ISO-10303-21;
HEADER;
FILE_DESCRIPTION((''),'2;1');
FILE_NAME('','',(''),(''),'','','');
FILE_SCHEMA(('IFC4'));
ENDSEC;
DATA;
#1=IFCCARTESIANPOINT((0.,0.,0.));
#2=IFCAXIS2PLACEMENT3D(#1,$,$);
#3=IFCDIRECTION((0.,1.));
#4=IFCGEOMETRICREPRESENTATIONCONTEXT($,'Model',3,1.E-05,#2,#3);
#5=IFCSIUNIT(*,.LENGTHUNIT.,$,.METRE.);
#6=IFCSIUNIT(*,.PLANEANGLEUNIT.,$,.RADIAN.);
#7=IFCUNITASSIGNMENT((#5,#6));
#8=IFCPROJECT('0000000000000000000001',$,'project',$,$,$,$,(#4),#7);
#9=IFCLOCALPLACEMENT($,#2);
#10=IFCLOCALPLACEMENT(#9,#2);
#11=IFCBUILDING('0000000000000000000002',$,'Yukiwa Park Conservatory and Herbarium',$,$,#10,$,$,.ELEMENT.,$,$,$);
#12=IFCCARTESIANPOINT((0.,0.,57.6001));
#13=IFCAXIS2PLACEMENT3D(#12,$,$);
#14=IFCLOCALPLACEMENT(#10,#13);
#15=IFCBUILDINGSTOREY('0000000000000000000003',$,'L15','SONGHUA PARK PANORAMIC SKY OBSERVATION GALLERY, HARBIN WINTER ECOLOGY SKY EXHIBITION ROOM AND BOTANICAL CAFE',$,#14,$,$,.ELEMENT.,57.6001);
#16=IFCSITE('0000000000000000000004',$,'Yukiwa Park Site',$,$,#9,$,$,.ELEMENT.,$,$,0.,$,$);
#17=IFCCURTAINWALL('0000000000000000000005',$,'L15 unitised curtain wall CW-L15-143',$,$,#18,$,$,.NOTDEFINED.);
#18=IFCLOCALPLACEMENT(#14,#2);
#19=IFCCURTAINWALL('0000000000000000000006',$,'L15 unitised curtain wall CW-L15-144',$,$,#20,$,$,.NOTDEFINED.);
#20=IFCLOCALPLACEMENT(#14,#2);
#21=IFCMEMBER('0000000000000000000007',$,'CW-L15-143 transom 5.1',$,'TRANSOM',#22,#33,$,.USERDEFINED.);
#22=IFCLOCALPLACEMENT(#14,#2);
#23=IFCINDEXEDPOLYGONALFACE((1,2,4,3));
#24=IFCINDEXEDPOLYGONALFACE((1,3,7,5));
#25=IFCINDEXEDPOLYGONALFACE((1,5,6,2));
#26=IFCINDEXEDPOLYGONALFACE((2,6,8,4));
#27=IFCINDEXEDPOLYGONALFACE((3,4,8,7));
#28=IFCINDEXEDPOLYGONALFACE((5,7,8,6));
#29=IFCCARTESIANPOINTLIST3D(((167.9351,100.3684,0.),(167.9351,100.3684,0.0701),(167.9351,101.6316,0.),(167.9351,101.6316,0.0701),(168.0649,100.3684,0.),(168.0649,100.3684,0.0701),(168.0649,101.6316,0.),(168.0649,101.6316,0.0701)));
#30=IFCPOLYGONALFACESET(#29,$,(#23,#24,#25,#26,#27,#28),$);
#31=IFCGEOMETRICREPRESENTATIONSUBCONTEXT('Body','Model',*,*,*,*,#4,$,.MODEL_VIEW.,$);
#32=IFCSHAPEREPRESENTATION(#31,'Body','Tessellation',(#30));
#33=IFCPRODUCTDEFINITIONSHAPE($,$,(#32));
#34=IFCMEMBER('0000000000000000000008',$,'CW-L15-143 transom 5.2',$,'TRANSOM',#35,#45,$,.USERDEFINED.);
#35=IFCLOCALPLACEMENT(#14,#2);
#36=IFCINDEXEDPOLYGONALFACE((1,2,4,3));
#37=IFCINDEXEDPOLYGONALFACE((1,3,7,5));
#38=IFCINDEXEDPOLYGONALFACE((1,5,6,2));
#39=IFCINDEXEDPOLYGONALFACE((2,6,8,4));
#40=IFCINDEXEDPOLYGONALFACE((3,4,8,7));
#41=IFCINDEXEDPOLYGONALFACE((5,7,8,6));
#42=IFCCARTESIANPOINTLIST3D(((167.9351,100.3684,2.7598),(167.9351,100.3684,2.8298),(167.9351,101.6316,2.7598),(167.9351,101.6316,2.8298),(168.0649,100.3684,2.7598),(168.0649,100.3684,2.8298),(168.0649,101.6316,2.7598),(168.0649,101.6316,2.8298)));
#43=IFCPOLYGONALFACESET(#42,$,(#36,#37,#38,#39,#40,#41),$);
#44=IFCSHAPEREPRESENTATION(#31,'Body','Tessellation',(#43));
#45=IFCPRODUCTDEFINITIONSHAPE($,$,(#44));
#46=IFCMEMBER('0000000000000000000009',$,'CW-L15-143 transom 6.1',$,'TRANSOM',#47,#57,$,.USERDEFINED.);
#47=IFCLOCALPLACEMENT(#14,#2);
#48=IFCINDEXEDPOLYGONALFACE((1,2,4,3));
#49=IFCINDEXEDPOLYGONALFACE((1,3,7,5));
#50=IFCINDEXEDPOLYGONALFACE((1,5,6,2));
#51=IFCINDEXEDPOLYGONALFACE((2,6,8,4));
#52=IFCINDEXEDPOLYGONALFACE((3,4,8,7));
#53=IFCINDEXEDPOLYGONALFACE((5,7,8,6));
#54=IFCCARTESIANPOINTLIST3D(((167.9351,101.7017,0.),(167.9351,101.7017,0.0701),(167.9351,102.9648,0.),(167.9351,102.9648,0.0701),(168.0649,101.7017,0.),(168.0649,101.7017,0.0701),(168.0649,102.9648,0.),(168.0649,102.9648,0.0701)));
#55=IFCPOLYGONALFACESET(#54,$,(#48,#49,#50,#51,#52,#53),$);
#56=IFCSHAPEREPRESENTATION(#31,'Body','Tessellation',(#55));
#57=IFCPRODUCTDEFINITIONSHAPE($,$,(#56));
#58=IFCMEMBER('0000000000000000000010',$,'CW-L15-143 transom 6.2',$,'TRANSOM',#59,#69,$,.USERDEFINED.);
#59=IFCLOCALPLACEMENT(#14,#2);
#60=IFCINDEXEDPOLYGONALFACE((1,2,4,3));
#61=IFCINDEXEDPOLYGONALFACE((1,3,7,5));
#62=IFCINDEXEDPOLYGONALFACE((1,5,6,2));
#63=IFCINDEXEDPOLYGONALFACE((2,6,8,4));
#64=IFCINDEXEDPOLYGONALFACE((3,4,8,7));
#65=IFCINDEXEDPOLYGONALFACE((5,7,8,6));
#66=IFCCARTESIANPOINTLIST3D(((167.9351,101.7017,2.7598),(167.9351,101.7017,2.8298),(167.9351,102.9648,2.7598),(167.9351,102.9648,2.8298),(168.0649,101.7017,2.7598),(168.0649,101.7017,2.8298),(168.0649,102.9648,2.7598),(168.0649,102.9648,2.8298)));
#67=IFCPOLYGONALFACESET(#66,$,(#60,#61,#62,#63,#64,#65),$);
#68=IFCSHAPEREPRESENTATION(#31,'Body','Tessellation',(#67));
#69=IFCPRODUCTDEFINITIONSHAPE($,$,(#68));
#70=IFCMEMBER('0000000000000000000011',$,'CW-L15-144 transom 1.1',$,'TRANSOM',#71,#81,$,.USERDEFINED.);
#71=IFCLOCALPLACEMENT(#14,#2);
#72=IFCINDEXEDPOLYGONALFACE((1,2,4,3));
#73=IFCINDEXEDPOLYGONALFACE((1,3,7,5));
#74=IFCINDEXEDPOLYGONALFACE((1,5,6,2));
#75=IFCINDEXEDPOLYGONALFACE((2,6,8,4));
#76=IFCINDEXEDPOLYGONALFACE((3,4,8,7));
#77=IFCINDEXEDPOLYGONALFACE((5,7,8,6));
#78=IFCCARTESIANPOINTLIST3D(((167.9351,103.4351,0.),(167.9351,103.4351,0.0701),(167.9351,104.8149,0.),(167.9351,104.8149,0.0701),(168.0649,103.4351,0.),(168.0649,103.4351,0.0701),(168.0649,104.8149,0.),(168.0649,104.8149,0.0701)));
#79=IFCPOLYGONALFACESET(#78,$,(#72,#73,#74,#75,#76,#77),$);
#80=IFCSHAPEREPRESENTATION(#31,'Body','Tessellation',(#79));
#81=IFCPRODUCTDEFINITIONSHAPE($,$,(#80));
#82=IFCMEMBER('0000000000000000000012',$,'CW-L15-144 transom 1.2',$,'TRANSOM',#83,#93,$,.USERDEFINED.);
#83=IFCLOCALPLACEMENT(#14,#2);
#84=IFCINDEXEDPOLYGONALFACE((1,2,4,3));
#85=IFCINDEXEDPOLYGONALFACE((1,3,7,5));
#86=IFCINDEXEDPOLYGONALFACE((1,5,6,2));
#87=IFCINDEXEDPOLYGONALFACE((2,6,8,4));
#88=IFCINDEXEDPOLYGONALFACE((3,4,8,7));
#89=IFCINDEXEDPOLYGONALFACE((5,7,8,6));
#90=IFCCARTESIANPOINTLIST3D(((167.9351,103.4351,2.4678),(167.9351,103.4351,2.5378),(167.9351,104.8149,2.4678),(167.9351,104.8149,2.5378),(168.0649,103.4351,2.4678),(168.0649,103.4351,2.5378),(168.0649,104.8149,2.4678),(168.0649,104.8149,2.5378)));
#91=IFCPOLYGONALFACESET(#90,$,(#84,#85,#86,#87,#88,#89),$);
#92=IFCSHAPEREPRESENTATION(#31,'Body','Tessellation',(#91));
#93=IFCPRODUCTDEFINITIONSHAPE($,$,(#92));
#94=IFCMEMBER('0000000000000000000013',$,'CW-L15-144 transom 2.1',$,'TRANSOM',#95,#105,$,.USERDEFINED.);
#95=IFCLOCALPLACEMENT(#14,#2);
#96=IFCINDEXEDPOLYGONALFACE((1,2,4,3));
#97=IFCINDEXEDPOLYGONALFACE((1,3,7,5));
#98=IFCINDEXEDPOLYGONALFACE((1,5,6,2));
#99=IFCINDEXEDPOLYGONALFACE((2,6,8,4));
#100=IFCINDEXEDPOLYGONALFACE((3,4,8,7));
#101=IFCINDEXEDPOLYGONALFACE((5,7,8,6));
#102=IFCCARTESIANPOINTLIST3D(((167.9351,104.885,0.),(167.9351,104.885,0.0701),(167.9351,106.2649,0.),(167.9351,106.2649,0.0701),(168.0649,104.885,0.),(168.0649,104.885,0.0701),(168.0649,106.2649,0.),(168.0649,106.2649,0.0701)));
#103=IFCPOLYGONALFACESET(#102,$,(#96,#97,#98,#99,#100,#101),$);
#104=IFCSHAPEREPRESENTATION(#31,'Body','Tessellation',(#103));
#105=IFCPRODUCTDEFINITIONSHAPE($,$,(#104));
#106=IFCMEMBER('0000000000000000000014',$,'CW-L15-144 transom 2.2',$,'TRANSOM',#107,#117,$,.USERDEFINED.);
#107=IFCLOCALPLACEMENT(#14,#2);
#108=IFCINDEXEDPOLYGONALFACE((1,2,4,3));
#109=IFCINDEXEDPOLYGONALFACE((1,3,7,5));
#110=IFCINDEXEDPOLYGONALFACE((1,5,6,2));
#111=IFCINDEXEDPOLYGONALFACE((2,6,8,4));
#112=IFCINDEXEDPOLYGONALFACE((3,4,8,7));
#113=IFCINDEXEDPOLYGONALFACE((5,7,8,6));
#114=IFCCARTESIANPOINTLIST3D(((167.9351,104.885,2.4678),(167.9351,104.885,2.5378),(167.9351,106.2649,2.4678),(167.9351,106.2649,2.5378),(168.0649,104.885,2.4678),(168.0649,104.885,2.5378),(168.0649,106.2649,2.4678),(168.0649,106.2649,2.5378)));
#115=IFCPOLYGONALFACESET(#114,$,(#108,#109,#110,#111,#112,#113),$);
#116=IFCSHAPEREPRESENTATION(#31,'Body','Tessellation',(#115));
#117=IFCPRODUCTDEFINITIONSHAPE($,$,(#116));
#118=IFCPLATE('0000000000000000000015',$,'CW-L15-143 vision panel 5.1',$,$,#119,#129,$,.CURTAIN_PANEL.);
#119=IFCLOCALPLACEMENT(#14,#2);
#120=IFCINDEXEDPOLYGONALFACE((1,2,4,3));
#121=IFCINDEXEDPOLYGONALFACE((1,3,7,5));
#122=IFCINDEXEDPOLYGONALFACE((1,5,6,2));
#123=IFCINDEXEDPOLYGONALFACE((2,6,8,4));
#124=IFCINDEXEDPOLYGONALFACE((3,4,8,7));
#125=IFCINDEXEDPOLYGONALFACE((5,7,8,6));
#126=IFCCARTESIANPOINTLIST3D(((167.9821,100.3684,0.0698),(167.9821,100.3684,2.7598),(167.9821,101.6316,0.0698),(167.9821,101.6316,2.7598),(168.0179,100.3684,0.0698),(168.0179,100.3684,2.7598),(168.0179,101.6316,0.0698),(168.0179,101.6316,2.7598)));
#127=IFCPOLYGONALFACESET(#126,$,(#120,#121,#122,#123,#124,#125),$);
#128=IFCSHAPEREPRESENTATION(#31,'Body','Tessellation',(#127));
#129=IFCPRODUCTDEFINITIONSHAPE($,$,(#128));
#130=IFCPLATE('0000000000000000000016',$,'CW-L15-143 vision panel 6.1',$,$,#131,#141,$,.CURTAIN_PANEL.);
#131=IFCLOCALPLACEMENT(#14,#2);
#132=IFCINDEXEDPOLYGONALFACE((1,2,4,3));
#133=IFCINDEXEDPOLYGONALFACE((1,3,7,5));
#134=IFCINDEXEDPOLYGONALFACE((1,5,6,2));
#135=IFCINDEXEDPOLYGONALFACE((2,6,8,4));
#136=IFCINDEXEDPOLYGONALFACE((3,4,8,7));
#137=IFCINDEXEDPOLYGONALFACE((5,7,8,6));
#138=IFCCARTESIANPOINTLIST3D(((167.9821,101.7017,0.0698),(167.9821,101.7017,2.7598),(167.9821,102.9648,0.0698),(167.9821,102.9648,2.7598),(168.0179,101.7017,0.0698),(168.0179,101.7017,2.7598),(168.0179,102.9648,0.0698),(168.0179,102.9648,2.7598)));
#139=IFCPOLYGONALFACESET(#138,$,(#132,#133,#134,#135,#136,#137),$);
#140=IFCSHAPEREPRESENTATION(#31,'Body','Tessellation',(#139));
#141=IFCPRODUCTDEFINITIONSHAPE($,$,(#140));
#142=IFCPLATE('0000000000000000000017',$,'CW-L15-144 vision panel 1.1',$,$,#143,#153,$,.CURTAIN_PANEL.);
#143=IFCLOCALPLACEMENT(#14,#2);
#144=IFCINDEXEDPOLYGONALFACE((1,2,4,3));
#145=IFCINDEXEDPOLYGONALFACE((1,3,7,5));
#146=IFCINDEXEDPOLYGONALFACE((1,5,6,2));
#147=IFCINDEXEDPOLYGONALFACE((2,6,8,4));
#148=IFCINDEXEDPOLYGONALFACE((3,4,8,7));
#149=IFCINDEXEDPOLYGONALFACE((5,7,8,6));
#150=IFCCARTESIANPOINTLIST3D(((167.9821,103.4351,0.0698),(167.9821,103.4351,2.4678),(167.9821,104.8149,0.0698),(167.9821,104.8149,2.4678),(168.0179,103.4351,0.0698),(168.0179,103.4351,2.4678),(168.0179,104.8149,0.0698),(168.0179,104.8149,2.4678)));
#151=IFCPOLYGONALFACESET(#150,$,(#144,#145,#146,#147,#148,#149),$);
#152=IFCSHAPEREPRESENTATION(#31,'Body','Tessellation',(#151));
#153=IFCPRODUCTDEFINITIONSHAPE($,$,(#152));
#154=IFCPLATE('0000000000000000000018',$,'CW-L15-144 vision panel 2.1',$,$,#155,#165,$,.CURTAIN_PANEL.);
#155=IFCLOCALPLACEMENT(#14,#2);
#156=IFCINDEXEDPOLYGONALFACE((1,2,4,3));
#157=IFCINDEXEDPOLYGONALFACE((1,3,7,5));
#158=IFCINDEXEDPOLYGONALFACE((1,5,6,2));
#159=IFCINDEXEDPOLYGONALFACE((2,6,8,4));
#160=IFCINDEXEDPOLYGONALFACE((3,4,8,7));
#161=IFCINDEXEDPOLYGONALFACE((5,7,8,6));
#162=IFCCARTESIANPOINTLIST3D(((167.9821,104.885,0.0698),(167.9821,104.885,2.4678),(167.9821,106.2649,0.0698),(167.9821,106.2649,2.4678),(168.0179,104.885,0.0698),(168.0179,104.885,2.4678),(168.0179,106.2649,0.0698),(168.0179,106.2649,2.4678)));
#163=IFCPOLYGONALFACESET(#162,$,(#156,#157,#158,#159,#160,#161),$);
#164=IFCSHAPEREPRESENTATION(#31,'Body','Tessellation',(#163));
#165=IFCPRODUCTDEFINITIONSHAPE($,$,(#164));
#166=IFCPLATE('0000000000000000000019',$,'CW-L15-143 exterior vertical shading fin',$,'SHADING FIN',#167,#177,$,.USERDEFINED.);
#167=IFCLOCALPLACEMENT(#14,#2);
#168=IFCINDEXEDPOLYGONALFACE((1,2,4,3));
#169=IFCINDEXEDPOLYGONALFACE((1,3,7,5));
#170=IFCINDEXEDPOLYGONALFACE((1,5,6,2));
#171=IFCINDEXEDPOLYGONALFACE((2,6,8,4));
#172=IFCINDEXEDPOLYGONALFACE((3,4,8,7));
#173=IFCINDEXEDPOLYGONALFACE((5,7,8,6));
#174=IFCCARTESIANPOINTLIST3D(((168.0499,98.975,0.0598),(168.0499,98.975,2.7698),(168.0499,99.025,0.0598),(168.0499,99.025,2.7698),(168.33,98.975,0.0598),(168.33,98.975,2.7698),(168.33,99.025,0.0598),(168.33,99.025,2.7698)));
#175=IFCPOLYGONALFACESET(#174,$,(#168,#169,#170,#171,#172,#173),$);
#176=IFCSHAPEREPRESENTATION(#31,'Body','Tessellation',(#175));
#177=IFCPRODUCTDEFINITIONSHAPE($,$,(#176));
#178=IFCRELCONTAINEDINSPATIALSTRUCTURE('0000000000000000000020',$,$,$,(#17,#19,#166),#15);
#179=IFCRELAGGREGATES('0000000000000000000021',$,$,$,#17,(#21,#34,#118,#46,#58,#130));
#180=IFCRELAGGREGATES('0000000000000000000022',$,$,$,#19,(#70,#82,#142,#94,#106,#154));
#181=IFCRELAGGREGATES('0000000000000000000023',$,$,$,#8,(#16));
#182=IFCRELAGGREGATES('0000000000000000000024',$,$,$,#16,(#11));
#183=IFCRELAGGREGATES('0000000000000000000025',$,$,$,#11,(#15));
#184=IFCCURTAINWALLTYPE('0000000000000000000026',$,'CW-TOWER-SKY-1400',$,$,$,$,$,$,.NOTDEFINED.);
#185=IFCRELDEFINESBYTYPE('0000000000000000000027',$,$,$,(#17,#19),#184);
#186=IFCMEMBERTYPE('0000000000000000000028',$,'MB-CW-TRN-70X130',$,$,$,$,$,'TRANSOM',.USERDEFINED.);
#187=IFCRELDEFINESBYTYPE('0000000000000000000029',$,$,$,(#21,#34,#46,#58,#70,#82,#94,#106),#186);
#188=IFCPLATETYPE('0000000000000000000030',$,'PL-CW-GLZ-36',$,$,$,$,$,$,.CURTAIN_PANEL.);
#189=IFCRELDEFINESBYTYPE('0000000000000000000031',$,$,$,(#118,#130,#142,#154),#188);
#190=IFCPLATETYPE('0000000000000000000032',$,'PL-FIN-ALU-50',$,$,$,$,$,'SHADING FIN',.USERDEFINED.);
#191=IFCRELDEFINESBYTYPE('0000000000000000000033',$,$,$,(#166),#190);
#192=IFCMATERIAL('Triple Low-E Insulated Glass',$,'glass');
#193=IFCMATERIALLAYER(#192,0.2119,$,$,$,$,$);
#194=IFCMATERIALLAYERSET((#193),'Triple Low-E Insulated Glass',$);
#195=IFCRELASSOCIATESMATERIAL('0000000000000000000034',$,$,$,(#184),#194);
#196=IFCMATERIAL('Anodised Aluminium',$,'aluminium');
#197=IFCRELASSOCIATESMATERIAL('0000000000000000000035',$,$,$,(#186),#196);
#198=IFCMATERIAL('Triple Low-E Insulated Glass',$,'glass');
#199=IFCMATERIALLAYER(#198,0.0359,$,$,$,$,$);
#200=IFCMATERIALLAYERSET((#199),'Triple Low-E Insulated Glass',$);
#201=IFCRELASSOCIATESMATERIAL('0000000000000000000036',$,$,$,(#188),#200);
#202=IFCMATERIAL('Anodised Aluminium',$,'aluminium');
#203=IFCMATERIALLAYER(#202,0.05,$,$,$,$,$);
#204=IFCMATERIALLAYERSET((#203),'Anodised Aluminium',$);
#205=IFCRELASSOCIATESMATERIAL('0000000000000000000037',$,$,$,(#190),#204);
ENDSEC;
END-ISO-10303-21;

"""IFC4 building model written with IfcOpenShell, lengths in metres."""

from ifc_helpers import new_model, si_unit, direction, frame, origin, origin_2d, place, context, subcontext, project, spatial, rectangle, extrude, material, layer, layer_set, type_object, element, aggregate, save


model = new_model("IFC4")

# Units and contexts
model_context = context("Model", 3, precision=1e-05, world=origin(), true_north=direction((0.0, 1.0)))
body_context = subcontext(model_context, "Body", "Model", "MODEL_VIEW")
ifc_project = project(units=[si_unit("LENGTHUNIT", "METRE"), si_unit("PLANEANGLEUNIT", "RADIAN")], contexts=[model_context])

# Site, building, storey
site_placement = place(None, origin())
site = spatial("IfcSite", under=ifc_project, at=site_placement, Name="Yukiwa Park Site", CompositionType="ELEMENT", RefElevation=0.0)
building_placement = place(site_placement, origin())
building = spatial("IfcBuilding", under=site, at=building_placement, Name="Yukiwa Park Conservatory and Herbarium", CompositionType="ELEMENT")
storey_placement = place(building_placement, frame((0.0, 0.0, 57.6001)))
storey = spatial("IfcBuildingStorey", under=building, at=storey_placement, Name="L15", Description="SONGHUA PARK PANORAMIC SKY OBSERVATION GALLERY, HARBIN WINTER ECOLOGY SKY EXHIBITION ROOM AND BOTANICAL CAFE", CompositionType="ELEMENT", Elevation=57.6001)

# Curtain walls
ifc_material_1 = material(Name="Triple Low-E Insulated Glass", Category="glass")
ifc_layer_1 = layer(ifc_material_1, 0.2119)
ifc_layer_set_1 = layer_set([ifc_layer_1], Name="Triple Low-E Insulated Glass")
curtain_wall_type = type_object("IfcCurtainWallType", Name="CW-TOWER-SKY-1400", PredefinedType="NOTDEFINED", material=ifc_layer_set_1)
curtain_wall_1_placement = place(storey_placement, origin())
curtain_wall_1 = element("IfcCurtainWall", 1, at=curtain_wall_1_placement, inside=storey, type_object=curtain_wall_type, Name="L15 unitised curtain wall CW-L15-143", PredefinedType="NOTDEFINED")
curtain_wall_2_placement = place(storey_placement, origin())
curtain_wall_2 = element("IfcCurtainWall", 2, at=curtain_wall_2_placement, inside=storey, type_object=curtain_wall_type, Name="L15 unitised curtain wall CW-L15-144", PredefinedType="NOTDEFINED")

# Members
ifc_material_2 = material(Name="Anodised Aluminium", Category="aluminium")
member_type_1 = type_object("IfcMemberType", Name="MB-CW-TRN-70X130", ElementType="TRANSOM", PredefinedType="USERDEFINED", material=ifc_material_2)
member_1_placement = place(storey_placement, frame((168.0, 101.0, 0.0), z_axis=(0.0, 0.0, 1.0), x_axis=(0.0, 1.0, 0.0)))
member_1 = element("IfcMember", 3, at=member_1_placement, type_object=member_type_1, Name="CW-L15-143 transom 5.1", ObjectType="TRANSOM", PredefinedType="USERDEFINED", context=body_context, shape_type="SweptSolid", body=[
    extrude(rectangle(XDim=1.2632, YDim=0.1299, at=origin_2d()), origin(), (0.0, 0.0, 1.0), 0.0701),
])
member_2_placement = place(storey_placement, frame((168.0, 101.0, 2.7598), z_axis=(0.0, 0.0, 1.0), x_axis=(0.0, 1.0, 0.0)))
member_2 = element("IfcMember", 4, at=member_2_placement, type_object=member_type_1, Name="CW-L15-143 transom 5.2", ObjectType="TRANSOM", PredefinedType="USERDEFINED", context=body_context, shape_type="SweptSolid", body=[
    extrude(rectangle(XDim=1.2632, YDim=0.1299, at=origin_2d()), origin(), (0.0, 0.0, 1.0), 0.0701),
])
member_3_placement = place(storey_placement, frame((168.0, 102.3333, 0.0), z_axis=(0.0, 0.0, 1.0), x_axis=(0.0, 1.0, 0.0)))
member_3 = element("IfcMember", 5, at=member_3_placement, type_object=member_type_1, Name="CW-L15-143 transom 6.1", ObjectType="TRANSOM", PredefinedType="USERDEFINED", context=body_context, shape_type="SweptSolid", body=[
    extrude(rectangle(XDim=1.2632, YDim=0.1299, at=origin_2d()), origin(), (0.0, 0.0, 1.0), 0.0701),
])
member_4_placement = place(storey_placement, frame((168.0, 102.3333, 2.7598), z_axis=(0.0, 0.0, 1.0), x_axis=(0.0, 1.0, 0.0)))
member_4 = element("IfcMember", 6, at=member_4_placement, type_object=member_type_1, Name="CW-L15-143 transom 6.2", ObjectType="TRANSOM", PredefinedType="USERDEFINED", context=body_context, shape_type="SweptSolid", body=[
    extrude(rectangle(XDim=1.2632, YDim=0.1299, at=origin_2d()), origin(), (0.0, 0.0, 1.0), 0.0701),
])
member_5_placement = place(storey_placement, frame((168.0, 104.125, 0.0), z_axis=(0.0, 0.0, 1.0), x_axis=(0.0, 1.0, 0.0)))
member_5 = element("IfcMember", 7, at=member_5_placement, type_object=member_type_1, Name="CW-L15-144 transom 1.1", ObjectType="TRANSOM", PredefinedType="USERDEFINED", context=body_context, shape_type="SweptSolid", body=[
    extrude(rectangle(XDim=1.3799, YDim=0.1299, at=origin_2d()), origin(), (0.0, 0.0, 1.0), 0.0701),
])
member_6_placement = place(storey_placement, frame((168.0, 104.125, 2.4678), z_axis=(0.0, 0.0, 1.0), x_axis=(0.0, 1.0, 0.0)))
member_6 = element("IfcMember", 8, at=member_6_placement, type_object=member_type_1, Name="CW-L15-144 transom 1.2", ObjectType="TRANSOM", PredefinedType="USERDEFINED", context=body_context, shape_type="SweptSolid", body=[
    extrude(rectangle(XDim=1.3799, YDim=0.1299, at=origin_2d()), origin(), (0.0, 0.0, 1.0), 0.0701),
])
member_7_placement = place(storey_placement, frame((168.0, 105.575, 0.0), z_axis=(0.0, 0.0, 1.0), x_axis=(0.0, 1.0, 0.0)))
member_7 = element("IfcMember", 9, at=member_7_placement, type_object=member_type_1, Name="CW-L15-144 transom 2.1", ObjectType="TRANSOM", PredefinedType="USERDEFINED", context=body_context, shape_type="SweptSolid", body=[
    extrude(rectangle(XDim=1.3799, YDim=0.1299, at=origin_2d()), origin(), (0.0, 0.0, 1.0), 0.0701),
])
member_8_placement = place(storey_placement, frame((168.0, 105.575, 2.4678), z_axis=(0.0, 0.0, 1.0), x_axis=(0.0, 1.0, 0.0)))
member_8 = element("IfcMember", 10, at=member_8_placement, type_object=member_type_1, Name="CW-L15-144 transom 2.2", ObjectType="TRANSOM", PredefinedType="USERDEFINED", context=body_context, shape_type="SweptSolid", body=[
    extrude(rectangle(XDim=1.3799, YDim=0.1299, at=origin_2d()), origin(), (0.0, 0.0, 1.0), 0.0701),
])

# Plates
ifc_material_3 = material(Name="Triple Low-E Insulated Glass", Category="glass")
ifc_layer_2 = layer(ifc_material_3, 0.0359)
ifc_layer_set_2 = layer_set([ifc_layer_2], Name="Triple Low-E Insulated Glass")
plate_type_1 = type_object("IfcPlateType", Name="PL-CW-GLZ-36", PredefinedType="CURTAIN_PANEL", material=ifc_layer_set_2)
plate_1_placement = place(storey_placement, frame((168.0, 101.0, 0.0698), z_axis=(0.0, 0.0, 1.0), x_axis=(0.0, 1.0, 0.0)))
plate_1 = element("IfcPlate", 11, at=plate_1_placement, type_object=plate_type_1, Name="CW-L15-143 vision panel 5.1", PredefinedType="CURTAIN_PANEL", context=body_context, shape_type="SweptSolid", body=[
    extrude(rectangle(XDim=1.2632, YDim=0.0359, at=origin_2d()), origin(), (0.0, 0.0, 1.0), 2.6899),
])
plate_2_placement = place(storey_placement, frame((168.0, 102.3333, 0.0698), z_axis=(0.0, 0.0, 1.0), x_axis=(0.0, 1.0, 0.0)))
plate_2 = element("IfcPlate", 12, at=plate_2_placement, type_object=plate_type_1, Name="CW-L15-143 vision panel 6.1", PredefinedType="CURTAIN_PANEL", context=body_context, shape_type="SweptSolid", body=[
    extrude(rectangle(XDim=1.2632, YDim=0.0359, at=origin_2d()), origin(), (0.0, 0.0, 1.0), 2.6899),
])
aggregate(curtain_wall_1, [member_1, member_2, plate_1, member_3, member_4, plate_2])
plate_3_placement = place(storey_placement, frame((168.0, 104.125, 0.0698), z_axis=(0.0, 0.0, 1.0), x_axis=(0.0, 1.0, 0.0)))
plate_3 = element("IfcPlate", 13, at=plate_3_placement, type_object=plate_type_1, Name="CW-L15-144 vision panel 1.1", PredefinedType="CURTAIN_PANEL", context=body_context, shape_type="SweptSolid", body=[
    extrude(rectangle(XDim=1.3799, YDim=0.0359, at=origin_2d()), origin(), (0.0, 0.0, 1.0), 2.3979),
])
plate_4_placement = place(storey_placement, frame((168.0, 105.575, 0.0698), z_axis=(0.0, 0.0, 1.0), x_axis=(0.0, 1.0, 0.0)))
plate_4 = element("IfcPlate", 14, at=plate_4_placement, type_object=plate_type_1, Name="CW-L15-144 vision panel 2.1", PredefinedType="CURTAIN_PANEL", context=body_context, shape_type="SweptSolid", body=[
    extrude(rectangle(XDim=1.3799, YDim=0.0359, at=origin_2d()), origin(), (0.0, 0.0, 1.0), 2.3979),
])
aggregate(curtain_wall_2, [member_5, member_6, plate_3, member_7, member_8, plate_4])
ifc_material_4 = material(Name="Anodised Aluminium", Category="aluminium")
ifc_layer_3 = layer(ifc_material_4, 0.05)
ifc_layer_set_3 = layer_set([ifc_layer_3], Name="Anodised Aluminium")
plate_type_2 = type_object("IfcPlateType", Name="PL-FIN-ALU-50", ElementType="SHADING FIN", PredefinedType="USERDEFINED", material=ifc_layer_set_3)
plate_5_placement = place(storey_placement, frame((168.1899, 99.0, 0.0598), z_axis=(0.0, 0.0, 1.0), x_axis=(0.0, 1.0, 0.0)))
element("IfcPlate", 15, at=plate_5_placement, inside=storey, type_object=plate_type_2, Name="CW-L15-143 exterior vertical shading fin", ObjectType="SHADING FIN", PredefinedType="USERDEFINED", context=body_context, shape_type="SweptSolid", body=[
    extrude(rectangle(XDim=0.05, YDim=0.28, at=origin_2d()), origin(), (0.0, 0.0, 1.0), 2.71),
])

save(model, "model.ifc")
